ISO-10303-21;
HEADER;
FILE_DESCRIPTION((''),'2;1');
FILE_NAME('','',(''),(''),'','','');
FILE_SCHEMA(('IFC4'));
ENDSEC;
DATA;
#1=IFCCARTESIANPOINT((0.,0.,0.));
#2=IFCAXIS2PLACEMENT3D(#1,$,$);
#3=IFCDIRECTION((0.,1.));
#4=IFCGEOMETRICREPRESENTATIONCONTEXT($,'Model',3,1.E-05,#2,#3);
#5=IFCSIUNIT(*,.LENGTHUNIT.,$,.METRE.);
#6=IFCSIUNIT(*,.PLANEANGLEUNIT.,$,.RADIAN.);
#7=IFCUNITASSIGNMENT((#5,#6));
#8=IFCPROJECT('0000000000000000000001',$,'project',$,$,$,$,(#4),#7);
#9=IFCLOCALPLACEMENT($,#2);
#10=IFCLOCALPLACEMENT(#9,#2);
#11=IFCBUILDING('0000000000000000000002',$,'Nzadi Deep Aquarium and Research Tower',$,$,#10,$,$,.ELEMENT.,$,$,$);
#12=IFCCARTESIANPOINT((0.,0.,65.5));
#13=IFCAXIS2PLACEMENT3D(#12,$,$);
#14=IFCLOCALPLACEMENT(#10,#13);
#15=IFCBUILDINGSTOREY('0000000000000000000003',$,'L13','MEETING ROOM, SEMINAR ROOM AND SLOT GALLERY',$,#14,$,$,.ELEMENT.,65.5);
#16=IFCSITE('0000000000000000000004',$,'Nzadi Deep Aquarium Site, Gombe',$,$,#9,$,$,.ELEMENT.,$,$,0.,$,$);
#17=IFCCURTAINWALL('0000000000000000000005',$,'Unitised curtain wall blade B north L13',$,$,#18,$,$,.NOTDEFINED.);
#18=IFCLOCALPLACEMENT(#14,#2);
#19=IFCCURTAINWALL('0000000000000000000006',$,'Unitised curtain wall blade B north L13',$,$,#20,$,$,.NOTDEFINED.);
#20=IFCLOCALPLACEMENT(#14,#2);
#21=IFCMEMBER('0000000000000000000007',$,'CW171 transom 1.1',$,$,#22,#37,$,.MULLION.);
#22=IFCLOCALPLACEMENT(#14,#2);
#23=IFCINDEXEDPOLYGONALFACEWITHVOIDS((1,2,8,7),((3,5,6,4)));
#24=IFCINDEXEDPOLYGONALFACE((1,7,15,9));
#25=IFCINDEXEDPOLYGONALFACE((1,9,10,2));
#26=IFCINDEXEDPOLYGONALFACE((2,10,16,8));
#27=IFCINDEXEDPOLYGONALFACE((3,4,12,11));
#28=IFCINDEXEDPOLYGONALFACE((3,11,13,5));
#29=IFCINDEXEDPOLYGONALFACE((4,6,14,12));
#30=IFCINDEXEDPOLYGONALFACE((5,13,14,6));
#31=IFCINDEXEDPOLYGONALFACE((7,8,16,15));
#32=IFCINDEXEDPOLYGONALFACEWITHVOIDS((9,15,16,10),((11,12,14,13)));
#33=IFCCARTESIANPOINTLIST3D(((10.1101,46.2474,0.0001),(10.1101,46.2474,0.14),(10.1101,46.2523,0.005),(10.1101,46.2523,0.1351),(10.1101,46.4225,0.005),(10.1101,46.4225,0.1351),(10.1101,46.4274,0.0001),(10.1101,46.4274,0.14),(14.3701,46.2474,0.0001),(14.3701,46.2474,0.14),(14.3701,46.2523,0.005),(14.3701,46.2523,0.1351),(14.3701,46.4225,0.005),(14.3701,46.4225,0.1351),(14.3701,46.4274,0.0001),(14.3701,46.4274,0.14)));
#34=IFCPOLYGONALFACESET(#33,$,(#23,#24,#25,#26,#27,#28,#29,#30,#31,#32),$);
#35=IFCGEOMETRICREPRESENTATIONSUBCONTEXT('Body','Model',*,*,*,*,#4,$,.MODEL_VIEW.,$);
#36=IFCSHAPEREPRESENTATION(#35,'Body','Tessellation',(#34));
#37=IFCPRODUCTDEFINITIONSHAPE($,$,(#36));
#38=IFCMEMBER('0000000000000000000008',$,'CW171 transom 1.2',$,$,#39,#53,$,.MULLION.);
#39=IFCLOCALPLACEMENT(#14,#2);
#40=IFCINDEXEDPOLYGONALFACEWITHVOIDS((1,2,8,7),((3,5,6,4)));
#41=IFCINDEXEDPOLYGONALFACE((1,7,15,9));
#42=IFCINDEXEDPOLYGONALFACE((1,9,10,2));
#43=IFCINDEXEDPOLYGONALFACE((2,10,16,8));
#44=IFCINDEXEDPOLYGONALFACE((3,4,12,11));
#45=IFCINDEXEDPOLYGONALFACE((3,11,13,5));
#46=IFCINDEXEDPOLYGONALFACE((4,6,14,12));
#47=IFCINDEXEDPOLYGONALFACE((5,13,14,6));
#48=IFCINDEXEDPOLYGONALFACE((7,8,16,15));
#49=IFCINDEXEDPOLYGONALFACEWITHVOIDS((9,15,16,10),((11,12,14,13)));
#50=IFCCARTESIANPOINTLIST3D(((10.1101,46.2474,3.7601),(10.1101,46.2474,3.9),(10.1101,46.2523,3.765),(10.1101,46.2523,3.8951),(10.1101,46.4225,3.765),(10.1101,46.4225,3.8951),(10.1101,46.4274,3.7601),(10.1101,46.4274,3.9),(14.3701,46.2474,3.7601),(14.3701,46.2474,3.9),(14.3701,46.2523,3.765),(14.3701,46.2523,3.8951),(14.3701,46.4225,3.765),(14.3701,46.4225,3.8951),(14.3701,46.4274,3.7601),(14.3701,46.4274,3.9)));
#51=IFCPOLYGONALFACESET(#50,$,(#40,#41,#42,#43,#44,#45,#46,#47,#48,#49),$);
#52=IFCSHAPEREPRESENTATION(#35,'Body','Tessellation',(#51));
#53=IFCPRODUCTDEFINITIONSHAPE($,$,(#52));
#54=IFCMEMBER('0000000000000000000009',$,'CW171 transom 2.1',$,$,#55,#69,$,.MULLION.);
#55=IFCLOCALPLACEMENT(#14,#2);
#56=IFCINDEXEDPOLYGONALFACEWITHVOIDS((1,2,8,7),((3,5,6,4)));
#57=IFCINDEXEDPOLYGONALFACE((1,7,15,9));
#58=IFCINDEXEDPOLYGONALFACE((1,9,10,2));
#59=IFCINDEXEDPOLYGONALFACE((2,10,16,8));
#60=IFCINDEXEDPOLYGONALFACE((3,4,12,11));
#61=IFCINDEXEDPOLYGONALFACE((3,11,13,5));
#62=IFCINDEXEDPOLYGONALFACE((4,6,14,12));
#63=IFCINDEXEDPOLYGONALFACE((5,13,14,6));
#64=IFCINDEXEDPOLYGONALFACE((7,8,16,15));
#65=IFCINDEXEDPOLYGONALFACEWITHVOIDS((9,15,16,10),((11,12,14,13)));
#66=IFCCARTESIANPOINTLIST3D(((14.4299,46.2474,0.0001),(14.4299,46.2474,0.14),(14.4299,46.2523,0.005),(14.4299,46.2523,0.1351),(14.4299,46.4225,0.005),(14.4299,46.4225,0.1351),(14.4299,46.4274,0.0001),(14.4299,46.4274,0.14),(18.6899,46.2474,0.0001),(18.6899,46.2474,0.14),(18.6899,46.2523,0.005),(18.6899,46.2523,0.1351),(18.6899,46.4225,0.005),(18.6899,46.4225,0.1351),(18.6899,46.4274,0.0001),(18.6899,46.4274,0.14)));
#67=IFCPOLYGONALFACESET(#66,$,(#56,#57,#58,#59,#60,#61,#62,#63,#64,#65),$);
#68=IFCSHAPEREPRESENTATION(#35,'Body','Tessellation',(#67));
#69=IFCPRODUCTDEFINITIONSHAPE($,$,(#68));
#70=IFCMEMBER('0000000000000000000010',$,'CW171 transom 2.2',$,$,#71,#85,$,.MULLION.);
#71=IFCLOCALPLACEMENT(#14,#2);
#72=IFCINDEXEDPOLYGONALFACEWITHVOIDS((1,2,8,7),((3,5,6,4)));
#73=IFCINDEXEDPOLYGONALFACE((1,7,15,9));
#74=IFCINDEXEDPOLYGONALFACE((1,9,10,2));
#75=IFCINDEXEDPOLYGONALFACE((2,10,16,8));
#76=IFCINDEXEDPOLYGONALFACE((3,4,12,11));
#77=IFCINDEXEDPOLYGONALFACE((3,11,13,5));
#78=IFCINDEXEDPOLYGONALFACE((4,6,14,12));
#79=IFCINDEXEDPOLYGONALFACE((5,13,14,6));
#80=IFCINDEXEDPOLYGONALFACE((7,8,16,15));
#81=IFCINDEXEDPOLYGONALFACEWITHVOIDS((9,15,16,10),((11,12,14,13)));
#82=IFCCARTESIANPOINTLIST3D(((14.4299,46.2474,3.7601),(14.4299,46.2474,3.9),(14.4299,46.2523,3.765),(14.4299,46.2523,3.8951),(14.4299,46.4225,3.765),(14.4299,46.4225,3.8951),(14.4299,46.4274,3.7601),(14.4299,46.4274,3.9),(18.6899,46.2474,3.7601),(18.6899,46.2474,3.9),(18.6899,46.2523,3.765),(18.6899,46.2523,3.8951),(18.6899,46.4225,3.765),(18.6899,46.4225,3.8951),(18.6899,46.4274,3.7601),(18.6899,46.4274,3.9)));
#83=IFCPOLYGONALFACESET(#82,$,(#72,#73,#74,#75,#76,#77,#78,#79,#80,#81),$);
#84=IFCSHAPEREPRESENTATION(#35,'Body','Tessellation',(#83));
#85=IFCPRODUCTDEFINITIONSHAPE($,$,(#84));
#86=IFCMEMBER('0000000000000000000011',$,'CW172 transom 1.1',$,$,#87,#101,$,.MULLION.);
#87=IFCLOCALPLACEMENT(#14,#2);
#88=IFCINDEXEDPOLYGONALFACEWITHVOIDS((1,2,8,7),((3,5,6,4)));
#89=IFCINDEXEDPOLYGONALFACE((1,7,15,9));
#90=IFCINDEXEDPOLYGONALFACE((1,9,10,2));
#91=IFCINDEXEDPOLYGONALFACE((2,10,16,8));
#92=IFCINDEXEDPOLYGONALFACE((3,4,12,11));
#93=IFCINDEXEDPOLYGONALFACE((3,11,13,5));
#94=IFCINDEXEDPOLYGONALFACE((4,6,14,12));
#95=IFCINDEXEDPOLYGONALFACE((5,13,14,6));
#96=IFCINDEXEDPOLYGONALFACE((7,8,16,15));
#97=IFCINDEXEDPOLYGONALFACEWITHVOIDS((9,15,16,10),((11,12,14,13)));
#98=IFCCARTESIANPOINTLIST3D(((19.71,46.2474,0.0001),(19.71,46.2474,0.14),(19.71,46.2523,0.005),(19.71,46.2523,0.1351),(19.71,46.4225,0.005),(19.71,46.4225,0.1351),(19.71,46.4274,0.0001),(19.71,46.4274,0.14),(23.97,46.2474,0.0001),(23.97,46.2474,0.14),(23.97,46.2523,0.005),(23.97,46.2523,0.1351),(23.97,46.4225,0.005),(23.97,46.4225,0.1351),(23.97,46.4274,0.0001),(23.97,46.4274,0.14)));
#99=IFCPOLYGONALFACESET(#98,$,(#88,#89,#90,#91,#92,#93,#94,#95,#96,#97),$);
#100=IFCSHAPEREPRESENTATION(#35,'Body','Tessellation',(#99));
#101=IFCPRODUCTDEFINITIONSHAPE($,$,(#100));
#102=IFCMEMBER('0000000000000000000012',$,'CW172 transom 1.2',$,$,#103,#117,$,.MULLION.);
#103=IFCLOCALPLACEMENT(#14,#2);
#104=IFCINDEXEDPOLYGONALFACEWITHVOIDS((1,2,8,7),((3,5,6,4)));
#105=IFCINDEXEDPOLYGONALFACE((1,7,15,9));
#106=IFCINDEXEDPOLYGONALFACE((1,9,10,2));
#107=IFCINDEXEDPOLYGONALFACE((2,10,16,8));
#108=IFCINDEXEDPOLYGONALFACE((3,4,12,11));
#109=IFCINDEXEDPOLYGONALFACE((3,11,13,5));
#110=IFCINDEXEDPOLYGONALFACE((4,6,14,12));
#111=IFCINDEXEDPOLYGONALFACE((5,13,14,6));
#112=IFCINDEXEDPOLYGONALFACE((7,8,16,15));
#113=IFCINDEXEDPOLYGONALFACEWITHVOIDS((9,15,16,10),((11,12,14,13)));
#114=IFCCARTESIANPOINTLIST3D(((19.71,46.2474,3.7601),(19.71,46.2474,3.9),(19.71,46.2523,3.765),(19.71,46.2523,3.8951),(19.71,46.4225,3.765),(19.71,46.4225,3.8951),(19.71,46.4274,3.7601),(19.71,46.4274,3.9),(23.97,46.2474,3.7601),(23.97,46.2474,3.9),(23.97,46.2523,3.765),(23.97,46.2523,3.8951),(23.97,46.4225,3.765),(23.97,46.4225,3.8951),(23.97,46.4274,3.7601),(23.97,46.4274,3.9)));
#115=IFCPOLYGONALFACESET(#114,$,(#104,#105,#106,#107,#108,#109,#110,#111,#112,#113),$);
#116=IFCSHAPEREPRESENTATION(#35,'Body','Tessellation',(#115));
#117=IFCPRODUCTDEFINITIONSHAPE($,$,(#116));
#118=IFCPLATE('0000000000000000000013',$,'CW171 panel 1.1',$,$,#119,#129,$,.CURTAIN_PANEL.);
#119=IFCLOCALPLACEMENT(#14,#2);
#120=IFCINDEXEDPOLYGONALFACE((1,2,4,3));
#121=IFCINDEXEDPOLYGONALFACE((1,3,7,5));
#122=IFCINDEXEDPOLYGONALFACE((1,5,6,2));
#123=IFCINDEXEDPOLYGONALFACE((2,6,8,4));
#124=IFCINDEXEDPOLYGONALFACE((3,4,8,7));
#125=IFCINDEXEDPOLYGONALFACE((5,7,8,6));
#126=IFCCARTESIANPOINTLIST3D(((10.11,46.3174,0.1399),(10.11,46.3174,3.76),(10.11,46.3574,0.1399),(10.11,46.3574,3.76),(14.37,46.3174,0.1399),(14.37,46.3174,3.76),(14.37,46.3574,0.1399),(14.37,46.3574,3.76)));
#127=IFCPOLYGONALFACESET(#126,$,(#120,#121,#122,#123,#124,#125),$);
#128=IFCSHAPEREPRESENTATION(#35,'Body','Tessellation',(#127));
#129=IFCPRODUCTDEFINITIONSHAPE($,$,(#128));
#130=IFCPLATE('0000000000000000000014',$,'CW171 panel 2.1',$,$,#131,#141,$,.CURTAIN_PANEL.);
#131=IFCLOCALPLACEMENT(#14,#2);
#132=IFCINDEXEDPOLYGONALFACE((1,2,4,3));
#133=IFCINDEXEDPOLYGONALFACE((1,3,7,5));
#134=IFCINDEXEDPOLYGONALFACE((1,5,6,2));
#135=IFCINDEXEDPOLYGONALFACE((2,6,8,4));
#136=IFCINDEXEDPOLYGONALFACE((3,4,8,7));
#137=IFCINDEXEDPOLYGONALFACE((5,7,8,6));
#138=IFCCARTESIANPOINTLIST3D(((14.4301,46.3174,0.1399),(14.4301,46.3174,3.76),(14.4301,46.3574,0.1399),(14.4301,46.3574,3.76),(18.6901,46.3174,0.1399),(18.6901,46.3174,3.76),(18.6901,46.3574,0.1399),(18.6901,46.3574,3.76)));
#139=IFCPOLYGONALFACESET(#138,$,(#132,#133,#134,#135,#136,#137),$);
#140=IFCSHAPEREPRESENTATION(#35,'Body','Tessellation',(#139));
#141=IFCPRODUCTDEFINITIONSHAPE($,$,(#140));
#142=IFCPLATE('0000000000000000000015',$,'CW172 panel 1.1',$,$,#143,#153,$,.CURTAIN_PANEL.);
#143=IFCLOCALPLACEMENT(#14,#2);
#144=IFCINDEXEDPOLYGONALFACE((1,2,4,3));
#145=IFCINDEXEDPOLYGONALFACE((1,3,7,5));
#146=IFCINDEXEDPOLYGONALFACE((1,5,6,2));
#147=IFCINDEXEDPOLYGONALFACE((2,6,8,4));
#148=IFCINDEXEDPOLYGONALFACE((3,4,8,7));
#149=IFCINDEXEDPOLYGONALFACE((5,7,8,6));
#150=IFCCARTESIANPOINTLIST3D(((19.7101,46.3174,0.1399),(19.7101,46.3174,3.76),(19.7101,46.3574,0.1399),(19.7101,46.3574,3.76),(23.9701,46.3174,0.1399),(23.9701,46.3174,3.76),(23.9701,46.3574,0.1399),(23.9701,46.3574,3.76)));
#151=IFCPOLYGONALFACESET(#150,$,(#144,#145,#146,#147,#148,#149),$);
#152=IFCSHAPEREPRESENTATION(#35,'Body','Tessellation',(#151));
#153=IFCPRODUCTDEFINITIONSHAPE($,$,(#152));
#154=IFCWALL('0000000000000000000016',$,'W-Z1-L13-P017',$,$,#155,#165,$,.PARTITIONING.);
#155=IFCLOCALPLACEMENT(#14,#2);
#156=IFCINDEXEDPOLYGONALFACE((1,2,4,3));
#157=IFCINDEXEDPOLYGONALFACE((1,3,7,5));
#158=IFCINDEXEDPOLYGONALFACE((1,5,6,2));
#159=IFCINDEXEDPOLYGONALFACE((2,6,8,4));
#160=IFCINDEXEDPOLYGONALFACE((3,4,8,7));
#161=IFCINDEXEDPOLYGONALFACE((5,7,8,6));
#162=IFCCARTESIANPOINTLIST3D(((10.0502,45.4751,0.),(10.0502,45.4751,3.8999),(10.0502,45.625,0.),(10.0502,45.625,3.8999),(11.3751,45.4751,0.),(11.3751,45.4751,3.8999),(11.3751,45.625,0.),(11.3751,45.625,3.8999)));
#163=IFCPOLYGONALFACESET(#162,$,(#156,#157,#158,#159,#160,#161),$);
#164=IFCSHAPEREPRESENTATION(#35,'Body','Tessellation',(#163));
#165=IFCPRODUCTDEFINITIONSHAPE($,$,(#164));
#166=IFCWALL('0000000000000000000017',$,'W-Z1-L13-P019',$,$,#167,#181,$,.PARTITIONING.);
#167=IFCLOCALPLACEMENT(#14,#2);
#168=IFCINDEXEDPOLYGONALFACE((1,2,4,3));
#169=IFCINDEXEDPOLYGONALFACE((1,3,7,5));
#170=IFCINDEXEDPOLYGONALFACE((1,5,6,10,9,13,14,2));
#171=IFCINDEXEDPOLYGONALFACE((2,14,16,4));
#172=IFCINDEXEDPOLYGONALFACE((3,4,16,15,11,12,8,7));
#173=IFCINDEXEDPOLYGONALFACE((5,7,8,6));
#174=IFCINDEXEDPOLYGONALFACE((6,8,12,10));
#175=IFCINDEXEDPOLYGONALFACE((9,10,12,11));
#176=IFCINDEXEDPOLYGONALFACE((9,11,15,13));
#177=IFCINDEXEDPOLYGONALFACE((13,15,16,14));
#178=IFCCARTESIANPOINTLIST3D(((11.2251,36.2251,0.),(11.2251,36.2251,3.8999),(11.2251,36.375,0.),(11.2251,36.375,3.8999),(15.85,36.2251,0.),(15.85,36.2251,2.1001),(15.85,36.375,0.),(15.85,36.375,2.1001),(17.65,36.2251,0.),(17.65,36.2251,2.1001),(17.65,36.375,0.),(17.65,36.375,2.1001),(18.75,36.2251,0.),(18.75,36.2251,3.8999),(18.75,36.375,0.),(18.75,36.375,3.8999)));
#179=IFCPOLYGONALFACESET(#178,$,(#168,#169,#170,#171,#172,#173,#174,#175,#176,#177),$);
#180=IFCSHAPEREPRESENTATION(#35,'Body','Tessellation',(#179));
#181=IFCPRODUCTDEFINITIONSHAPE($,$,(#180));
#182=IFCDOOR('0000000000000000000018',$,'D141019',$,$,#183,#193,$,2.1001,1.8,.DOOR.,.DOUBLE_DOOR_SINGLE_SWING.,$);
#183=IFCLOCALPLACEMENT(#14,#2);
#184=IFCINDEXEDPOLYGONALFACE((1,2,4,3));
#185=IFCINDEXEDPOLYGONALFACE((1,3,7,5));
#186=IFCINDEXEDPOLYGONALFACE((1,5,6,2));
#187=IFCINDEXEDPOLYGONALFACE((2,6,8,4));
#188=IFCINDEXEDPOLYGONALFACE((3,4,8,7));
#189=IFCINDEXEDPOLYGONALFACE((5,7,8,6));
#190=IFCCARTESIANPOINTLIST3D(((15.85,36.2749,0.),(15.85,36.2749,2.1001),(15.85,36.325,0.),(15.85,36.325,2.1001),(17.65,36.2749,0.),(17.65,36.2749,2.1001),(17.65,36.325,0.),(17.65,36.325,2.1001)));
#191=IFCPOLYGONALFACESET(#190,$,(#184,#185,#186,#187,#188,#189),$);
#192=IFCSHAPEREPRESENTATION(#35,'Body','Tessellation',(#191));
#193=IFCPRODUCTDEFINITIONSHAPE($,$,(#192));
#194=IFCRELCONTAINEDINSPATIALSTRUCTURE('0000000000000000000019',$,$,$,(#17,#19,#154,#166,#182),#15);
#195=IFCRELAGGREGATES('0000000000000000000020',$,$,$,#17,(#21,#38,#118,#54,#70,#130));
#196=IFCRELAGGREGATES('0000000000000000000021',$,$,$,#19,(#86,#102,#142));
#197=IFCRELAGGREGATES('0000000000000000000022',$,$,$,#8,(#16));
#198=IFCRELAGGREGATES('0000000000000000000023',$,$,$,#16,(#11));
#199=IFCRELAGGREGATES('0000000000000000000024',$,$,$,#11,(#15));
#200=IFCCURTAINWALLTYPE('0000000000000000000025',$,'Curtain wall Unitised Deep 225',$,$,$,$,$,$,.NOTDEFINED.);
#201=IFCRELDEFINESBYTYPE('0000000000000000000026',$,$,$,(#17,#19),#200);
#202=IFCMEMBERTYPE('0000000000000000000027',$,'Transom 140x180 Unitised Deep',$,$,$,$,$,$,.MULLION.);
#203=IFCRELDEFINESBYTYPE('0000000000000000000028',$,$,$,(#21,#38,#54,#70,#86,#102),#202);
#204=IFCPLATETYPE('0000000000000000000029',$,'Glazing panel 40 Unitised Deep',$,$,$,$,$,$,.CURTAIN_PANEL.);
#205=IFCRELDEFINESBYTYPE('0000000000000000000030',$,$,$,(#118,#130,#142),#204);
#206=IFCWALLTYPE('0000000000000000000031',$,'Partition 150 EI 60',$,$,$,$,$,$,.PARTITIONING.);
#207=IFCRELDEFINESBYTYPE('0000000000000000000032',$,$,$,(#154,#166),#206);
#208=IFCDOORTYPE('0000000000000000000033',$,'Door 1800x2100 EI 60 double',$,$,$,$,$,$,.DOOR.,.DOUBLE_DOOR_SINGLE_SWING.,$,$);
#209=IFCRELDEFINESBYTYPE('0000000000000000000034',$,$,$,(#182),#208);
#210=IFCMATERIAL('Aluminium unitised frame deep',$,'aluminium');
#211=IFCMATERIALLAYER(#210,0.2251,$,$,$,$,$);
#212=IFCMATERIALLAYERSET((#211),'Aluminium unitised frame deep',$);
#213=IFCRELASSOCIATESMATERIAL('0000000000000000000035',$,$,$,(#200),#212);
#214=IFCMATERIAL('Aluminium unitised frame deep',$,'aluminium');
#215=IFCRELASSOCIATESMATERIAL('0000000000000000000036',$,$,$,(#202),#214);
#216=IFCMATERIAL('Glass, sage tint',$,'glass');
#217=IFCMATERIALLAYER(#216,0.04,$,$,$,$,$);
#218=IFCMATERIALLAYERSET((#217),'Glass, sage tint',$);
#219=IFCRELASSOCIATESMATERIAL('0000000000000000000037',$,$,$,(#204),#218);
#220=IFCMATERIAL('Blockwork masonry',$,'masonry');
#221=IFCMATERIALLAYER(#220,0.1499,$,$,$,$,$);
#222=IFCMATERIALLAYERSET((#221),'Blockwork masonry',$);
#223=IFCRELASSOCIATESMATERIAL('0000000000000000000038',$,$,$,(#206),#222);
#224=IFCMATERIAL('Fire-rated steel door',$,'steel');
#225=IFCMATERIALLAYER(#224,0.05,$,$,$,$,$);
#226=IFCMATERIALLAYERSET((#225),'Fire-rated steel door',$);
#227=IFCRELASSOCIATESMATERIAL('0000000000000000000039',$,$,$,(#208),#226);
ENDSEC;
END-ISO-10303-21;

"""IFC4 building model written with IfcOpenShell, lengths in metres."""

from ifc_helpers import new_model, si_unit, direction, frame, frame_2d, origin, origin_2d, place, context, subcontext, project, spatial, rectangle, hollow_rectangle, extrude, material, layer, layer_set, material_profile, profile_set, type_object, element, fill, aggregate, save


model = new_model("IFC4")

# Units and contexts
model_context = context("Model", 3, precision=1e-05, world=origin(), true_north=direction((0.0, 1.0)))
body_context = subcontext(model_context, "Body", "Model", "MODEL_VIEW")
ifc_project = project(units=[si_unit("LENGTHUNIT", "METRE"), si_unit("PLANEANGLEUNIT", "RADIAN")], contexts=[model_context])

# Site, building, storey
site_placement = place(None, origin())
site = spatial("IfcSite", under=ifc_project, at=site_placement, Name="Nzadi Deep Aquarium Site, Gombe", CompositionType="ELEMENT", RefElevation=0.0)
building_placement = place(site_placement, origin())
building = spatial("IfcBuilding", under=site, at=building_placement, Name="Nzadi Deep Aquarium and Research Tower", CompositionType="ELEMENT")
storey_placement = place(building_placement, frame((0.0, 0.0, 65.5)))
storey = spatial("IfcBuildingStorey", under=building, at=storey_placement, Name="L13", Description="MEETING ROOM, SEMINAR ROOM AND SLOT GALLERY", CompositionType="ELEMENT", Elevation=65.5)

# Shared definitions
ifc_material_1 = material(Name="Aluminium unitised frame deep", Category="aluminium")
ifc_layer_1 = layer(ifc_material_1, 0.2251)
ifc_layer_set_1 = layer_set([ifc_layer_1], Name="Aluminium unitised frame deep")
curtain_wall_type = type_object("IfcCurtainWallType", Name="Curtain wall Unitised Deep 225", PredefinedType="NOTDEFINED", material=ifc_layer_set_1)

# Curtain wall
curtain_wall_1_placement = place(storey_placement, origin())
curtain_wall_1 = element("IfcCurtainWall", 1, at=curtain_wall_1_placement, inside=storey, type_object=curtain_wall_type, Name="Unitised curtain wall blade B north L13", PredefinedType="NOTDEFINED")

# Curtain wall
curtain_wall_2_placement = place(storey_placement, origin())
curtain_wall_2 = element("IfcCurtainWall", 2, at=curtain_wall_2_placement, inside=storey, type_object=curtain_wall_type, Name="Unitised curtain wall blade B north L13", PredefinedType="NOTDEFINED")

# Members
ifc_material_2 = material(Name="Aluminium unitised frame deep", Category="aluminium")
ifc_material_profile_1 = material_profile(ifc_material_2, hollow_rectangle(XDim=0.1799, YDim=0.1399, WallThickness=0.0049, at=origin_2d()))
ifc_profile_set_1 = profile_set([ifc_material_profile_1], Name="Aluminium unitised frame deep")
member_type_1 = type_object("IfcMemberType", Name="Transom 140x180 Unitised Deep", PredefinedType="MULLION", material=ifc_profile_set_1)
member_1_placement = place(storey_placement, frame((10.1101, 46.3374, 0.0701), z_axis=(1.0, 0.0, 0.0), x_axis=(0.0, 1.0, 0.0)))
member_1 = element("IfcMember", 3, at=member_1_placement, type_object=member_type_1, Name="CW171 transom 1.1", PredefinedType="MULLION", context=body_context, shape_type="SweptSolid", body=[
    extrude(hollow_rectangle(XDim=0.1799, YDim=0.1399, WallThickness=0.0049, at=origin_2d()), origin(), (0.0, 0.0, 1.0), 4.26),
])
member_2_placement = place(storey_placement, frame((10.1101, 46.3374, 3.8301), z_axis=(1.0, 0.0, 0.0), x_axis=(0.0, 1.0, 0.0)))
member_2 = element("IfcMember", 4, at=member_2_placement, type_object=member_type_1, Name="CW171 transom 1.2", PredefinedType="MULLION", context=body_context, shape_type="SweptSolid", body=[
    extrude(hollow_rectangle(XDim=0.1799, YDim=0.1399, WallThickness=0.0049, at=origin_2d()), origin(), (0.0, 0.0, 1.0), 4.26),
])
member_3_placement = place(storey_placement, frame((14.4299, 46.3374, 0.0701), z_axis=(1.0, 0.0, 0.0), x_axis=(0.0, 1.0, 0.0)))
member_3 = element("IfcMember", 5, at=member_3_placement, type_object=member_type_1, Name="CW171 transom 2.1", PredefinedType="MULLION", context=body_context, shape_type="SweptSolid", body=[
    extrude(hollow_rectangle(XDim=0.1799, YDim=0.1399, WallThickness=0.0049, at=origin_2d()), origin(), (0.0, 0.0, 1.0), 4.26),
])
member_4_placement = place(storey_placement, frame((14.4299, 46.3374, 3.8301), z_axis=(1.0, 0.0, 0.0), x_axis=(0.0, 1.0, 0.0)))
member_4 = element("IfcMember", 6, at=member_4_placement, type_object=member_type_1, Name="CW171 transom 2.2", PredefinedType="MULLION", context=body_context, shape_type="SweptSolid", body=[
    extrude(hollow_rectangle(XDim=0.1799, YDim=0.1399, WallThickness=0.0049, at=origin_2d()), origin(), (0.0, 0.0, 1.0), 4.26),
])
member_5_placement = place(storey_placement, frame((19.71, 46.3374, 0.0701), z_axis=(1.0, 0.0, 0.0), x_axis=(0.0, 1.0, 0.0)))
member_5 = element("IfcMember", 7, at=member_5_placement, type_object=member_type_1, Name="CW172 transom 1.1", PredefinedType="MULLION", context=body_context, shape_type="SweptSolid", body=[
    extrude(hollow_rectangle(XDim=0.1799, YDim=0.1399, WallThickness=0.0049, at=origin_2d()), origin(), (0.0, 0.0, 1.0), 4.26),
])
member_6_placement = place(storey_placement, frame((19.71, 46.3374, 3.8301), z_axis=(1.0, 0.0, 0.0), x_axis=(0.0, 1.0, 0.0)))
member_6 = element("IfcMember", 8, at=member_6_placement, type_object=member_type_1, Name="CW172 transom 1.2", PredefinedType="MULLION", context=body_context, shape_type="SweptSolid", body=[
    extrude(hollow_rectangle(XDim=0.1799, YDim=0.1399, WallThickness=0.0049, at=origin_2d()), origin(), (0.0, 0.0, 1.0), 4.26),
])

# Plates
ifc_material_3 = material(Name="Glass, sage tint", Category="glass")
ifc_layer_2 = layer(ifc_material_3, 0.04)
ifc_layer_set_2 = layer_set([ifc_layer_2], Name="Glass, sage tint")
plate_type = type_object("IfcPlateType", Name="Glazing panel 40 Unitised Deep", PredefinedType="CURTAIN_PANEL", material=ifc_layer_set_2)
plate_1_placement = place(storey_placement, frame((12.24, 46.3374, 0.1399), z_axis=(0.0, 0.0, 1.0), x_axis=(1.0, 0.0, 0.0)))
plate_1 = element("IfcPlate", 9, at=plate_1_placement, type_object=plate_type, Name="CW171 panel 1.1", PredefinedType="CURTAIN_PANEL", context=body_context, shape_type="SweptSolid", body=[
    extrude(rectangle(XDim=4.26, YDim=0.04, at=origin_2d()), origin(), (0.0, 0.0, 1.0), 3.6201),
])
plate_2_placement = place(storey_placement, frame((16.5601, 46.3374, 0.1399), z_axis=(0.0, 0.0, 1.0), x_axis=(1.0, 0.0, 0.0)))
plate_2 = element("IfcPlate", 10, at=plate_2_placement, type_object=plate_type, Name="CW171 panel 2.1", PredefinedType="CURTAIN_PANEL", context=body_context, shape_type="SweptSolid", body=[
    extrude(rectangle(XDim=4.26, YDim=0.04, at=origin_2d()), origin(), (0.0, 0.0, 1.0), 3.6201),
])
aggregate(curtain_wall_1, [member_1, member_2, plate_1, member_3, member_4, plate_2])
plate_3_placement = place(storey_placement, frame((21.8401, 46.3374, 0.1399), z_axis=(0.0, 0.0, 1.0), x_axis=(1.0, 0.0, 0.0)))
plate_3 = element("IfcPlate", 11, at=plate_3_placement, type_object=plate_type, Name="CW172 panel 1.1", PredefinedType="CURTAIN_PANEL", context=body_context, shape_type="SweptSolid", body=[
    extrude(rectangle(XDim=4.26, YDim=0.04, at=origin_2d()), origin(), (0.0, 0.0, 1.0), 3.6201),
])
aggregate(curtain_wall_2, [member_5, member_6, plate_3])

# Wall
ifc_material_4 = material(Name="Blockwork masonry", Category="masonry")
ifc_layer_3 = layer(ifc_material_4, 0.1499)
ifc_layer_set_3 = layer_set([ifc_layer_3], Name="Blockwork masonry")
wall_type_1 = type_object("IfcWallType", Name="Partition 150 EI 60", PredefinedType="PARTITIONING", material=ifc_layer_set_3)
wall_1_placement = place(storey_placement, frame((10.05, 45.55, 0.0), z_axis=(0.0, 0.0, 1.0), x_axis=(1.0, 0.0, 0.0)))
element("IfcWall", 12, at=wall_1_placement, inside=storey, type_object=wall_type_1, Name="W-Z1-L13-P017", PredefinedType="PARTITIONING", context=body_context, shape_type="SweptSolid", body=[
    extrude(rectangle(XDim=1.325, YDim=0.1499, at=frame_2d((0.6626, 0.0))), origin(), (0.0, 0.0, 1.0), 3.8999),
])

# Wall, opening, door
wall_2_placement = place(storey_placement, frame((11.2251, 36.3, 0.0), z_axis=(0.0, 0.0, 1.0), x_axis=(1.0, 0.0, 0.0)))
wall_2 = element("IfcWall", 13, at=wall_2_placement, inside=storey, type_object=wall_type_1, Name="W-Z1-L13-P019", PredefinedType="PARTITIONING", context=body_context, shape_type="SweptSolid", body=[
    extrude(rectangle(XDim=7.5249, YDim=0.1499, at=frame_2d((3.7625, 0.0))), origin(), (0.0, 0.0, 1.0), 3.8999),
])
opening_1_placement = place(wall_2_placement, frame((4.625, 0.0, 0.0)))
opening_1 = element("IfcOpeningElement", 14, at=opening_1_placement, cuts=wall_2, PredefinedType="OPENING", context=body_context, shape_type="SweptSolid", body=[
    extrude(rectangle(XDim=1.8, YDim=2.1001, at=frame_2d((0.8999, 1.05))), frame((0.0, 0.085, 0.0), z_axis=(0.0, -1.0, 0.0), x_axis=(1.0, 0.0, 0.0)), (0.0, 0.0, 1.0), 0.1699),
])
ifc_material_5 = material(Name="Fire-rated steel door", Category="steel")
ifc_layer_4 = layer(ifc_material_5, 0.05)
ifc_layer_set_4 = layer_set([ifc_layer_4], Name="Fire-rated steel door")
door_type_1 = type_object("IfcDoorType", Name="Door 1800x2100 EI 60 double", OperationType="DOUBLE_DOOR_SINGLE_SWING", PredefinedType="DOOR", material=ifc_layer_set_4)
door_1_placement = place(opening_1_placement, origin())
door_1 = element("IfcDoor", 15, at=door_1_placement, inside=storey, type_object=door_type_1, Name="D141019", OperationType="DOUBLE_DOOR_SINGLE_SWING", OverallHeight=2.1001, OverallWidth=1.8, PredefinedType="DOOR", context=body_context, shape_type="SweptSolid", body=[
    extrude(rectangle(XDim=1.8, YDim=2.1001, at=frame_2d((0.8999, 1.05))), frame((0.0, 0.0249, 0.0), z_axis=(0.0, -1.0, 0.0), x_axis=(1.0, 0.0, 0.0)), (0.0, 0.0, 1.0), 0.05),
])
fill(opening_1, door_1)

save(model, "model.ifc")
